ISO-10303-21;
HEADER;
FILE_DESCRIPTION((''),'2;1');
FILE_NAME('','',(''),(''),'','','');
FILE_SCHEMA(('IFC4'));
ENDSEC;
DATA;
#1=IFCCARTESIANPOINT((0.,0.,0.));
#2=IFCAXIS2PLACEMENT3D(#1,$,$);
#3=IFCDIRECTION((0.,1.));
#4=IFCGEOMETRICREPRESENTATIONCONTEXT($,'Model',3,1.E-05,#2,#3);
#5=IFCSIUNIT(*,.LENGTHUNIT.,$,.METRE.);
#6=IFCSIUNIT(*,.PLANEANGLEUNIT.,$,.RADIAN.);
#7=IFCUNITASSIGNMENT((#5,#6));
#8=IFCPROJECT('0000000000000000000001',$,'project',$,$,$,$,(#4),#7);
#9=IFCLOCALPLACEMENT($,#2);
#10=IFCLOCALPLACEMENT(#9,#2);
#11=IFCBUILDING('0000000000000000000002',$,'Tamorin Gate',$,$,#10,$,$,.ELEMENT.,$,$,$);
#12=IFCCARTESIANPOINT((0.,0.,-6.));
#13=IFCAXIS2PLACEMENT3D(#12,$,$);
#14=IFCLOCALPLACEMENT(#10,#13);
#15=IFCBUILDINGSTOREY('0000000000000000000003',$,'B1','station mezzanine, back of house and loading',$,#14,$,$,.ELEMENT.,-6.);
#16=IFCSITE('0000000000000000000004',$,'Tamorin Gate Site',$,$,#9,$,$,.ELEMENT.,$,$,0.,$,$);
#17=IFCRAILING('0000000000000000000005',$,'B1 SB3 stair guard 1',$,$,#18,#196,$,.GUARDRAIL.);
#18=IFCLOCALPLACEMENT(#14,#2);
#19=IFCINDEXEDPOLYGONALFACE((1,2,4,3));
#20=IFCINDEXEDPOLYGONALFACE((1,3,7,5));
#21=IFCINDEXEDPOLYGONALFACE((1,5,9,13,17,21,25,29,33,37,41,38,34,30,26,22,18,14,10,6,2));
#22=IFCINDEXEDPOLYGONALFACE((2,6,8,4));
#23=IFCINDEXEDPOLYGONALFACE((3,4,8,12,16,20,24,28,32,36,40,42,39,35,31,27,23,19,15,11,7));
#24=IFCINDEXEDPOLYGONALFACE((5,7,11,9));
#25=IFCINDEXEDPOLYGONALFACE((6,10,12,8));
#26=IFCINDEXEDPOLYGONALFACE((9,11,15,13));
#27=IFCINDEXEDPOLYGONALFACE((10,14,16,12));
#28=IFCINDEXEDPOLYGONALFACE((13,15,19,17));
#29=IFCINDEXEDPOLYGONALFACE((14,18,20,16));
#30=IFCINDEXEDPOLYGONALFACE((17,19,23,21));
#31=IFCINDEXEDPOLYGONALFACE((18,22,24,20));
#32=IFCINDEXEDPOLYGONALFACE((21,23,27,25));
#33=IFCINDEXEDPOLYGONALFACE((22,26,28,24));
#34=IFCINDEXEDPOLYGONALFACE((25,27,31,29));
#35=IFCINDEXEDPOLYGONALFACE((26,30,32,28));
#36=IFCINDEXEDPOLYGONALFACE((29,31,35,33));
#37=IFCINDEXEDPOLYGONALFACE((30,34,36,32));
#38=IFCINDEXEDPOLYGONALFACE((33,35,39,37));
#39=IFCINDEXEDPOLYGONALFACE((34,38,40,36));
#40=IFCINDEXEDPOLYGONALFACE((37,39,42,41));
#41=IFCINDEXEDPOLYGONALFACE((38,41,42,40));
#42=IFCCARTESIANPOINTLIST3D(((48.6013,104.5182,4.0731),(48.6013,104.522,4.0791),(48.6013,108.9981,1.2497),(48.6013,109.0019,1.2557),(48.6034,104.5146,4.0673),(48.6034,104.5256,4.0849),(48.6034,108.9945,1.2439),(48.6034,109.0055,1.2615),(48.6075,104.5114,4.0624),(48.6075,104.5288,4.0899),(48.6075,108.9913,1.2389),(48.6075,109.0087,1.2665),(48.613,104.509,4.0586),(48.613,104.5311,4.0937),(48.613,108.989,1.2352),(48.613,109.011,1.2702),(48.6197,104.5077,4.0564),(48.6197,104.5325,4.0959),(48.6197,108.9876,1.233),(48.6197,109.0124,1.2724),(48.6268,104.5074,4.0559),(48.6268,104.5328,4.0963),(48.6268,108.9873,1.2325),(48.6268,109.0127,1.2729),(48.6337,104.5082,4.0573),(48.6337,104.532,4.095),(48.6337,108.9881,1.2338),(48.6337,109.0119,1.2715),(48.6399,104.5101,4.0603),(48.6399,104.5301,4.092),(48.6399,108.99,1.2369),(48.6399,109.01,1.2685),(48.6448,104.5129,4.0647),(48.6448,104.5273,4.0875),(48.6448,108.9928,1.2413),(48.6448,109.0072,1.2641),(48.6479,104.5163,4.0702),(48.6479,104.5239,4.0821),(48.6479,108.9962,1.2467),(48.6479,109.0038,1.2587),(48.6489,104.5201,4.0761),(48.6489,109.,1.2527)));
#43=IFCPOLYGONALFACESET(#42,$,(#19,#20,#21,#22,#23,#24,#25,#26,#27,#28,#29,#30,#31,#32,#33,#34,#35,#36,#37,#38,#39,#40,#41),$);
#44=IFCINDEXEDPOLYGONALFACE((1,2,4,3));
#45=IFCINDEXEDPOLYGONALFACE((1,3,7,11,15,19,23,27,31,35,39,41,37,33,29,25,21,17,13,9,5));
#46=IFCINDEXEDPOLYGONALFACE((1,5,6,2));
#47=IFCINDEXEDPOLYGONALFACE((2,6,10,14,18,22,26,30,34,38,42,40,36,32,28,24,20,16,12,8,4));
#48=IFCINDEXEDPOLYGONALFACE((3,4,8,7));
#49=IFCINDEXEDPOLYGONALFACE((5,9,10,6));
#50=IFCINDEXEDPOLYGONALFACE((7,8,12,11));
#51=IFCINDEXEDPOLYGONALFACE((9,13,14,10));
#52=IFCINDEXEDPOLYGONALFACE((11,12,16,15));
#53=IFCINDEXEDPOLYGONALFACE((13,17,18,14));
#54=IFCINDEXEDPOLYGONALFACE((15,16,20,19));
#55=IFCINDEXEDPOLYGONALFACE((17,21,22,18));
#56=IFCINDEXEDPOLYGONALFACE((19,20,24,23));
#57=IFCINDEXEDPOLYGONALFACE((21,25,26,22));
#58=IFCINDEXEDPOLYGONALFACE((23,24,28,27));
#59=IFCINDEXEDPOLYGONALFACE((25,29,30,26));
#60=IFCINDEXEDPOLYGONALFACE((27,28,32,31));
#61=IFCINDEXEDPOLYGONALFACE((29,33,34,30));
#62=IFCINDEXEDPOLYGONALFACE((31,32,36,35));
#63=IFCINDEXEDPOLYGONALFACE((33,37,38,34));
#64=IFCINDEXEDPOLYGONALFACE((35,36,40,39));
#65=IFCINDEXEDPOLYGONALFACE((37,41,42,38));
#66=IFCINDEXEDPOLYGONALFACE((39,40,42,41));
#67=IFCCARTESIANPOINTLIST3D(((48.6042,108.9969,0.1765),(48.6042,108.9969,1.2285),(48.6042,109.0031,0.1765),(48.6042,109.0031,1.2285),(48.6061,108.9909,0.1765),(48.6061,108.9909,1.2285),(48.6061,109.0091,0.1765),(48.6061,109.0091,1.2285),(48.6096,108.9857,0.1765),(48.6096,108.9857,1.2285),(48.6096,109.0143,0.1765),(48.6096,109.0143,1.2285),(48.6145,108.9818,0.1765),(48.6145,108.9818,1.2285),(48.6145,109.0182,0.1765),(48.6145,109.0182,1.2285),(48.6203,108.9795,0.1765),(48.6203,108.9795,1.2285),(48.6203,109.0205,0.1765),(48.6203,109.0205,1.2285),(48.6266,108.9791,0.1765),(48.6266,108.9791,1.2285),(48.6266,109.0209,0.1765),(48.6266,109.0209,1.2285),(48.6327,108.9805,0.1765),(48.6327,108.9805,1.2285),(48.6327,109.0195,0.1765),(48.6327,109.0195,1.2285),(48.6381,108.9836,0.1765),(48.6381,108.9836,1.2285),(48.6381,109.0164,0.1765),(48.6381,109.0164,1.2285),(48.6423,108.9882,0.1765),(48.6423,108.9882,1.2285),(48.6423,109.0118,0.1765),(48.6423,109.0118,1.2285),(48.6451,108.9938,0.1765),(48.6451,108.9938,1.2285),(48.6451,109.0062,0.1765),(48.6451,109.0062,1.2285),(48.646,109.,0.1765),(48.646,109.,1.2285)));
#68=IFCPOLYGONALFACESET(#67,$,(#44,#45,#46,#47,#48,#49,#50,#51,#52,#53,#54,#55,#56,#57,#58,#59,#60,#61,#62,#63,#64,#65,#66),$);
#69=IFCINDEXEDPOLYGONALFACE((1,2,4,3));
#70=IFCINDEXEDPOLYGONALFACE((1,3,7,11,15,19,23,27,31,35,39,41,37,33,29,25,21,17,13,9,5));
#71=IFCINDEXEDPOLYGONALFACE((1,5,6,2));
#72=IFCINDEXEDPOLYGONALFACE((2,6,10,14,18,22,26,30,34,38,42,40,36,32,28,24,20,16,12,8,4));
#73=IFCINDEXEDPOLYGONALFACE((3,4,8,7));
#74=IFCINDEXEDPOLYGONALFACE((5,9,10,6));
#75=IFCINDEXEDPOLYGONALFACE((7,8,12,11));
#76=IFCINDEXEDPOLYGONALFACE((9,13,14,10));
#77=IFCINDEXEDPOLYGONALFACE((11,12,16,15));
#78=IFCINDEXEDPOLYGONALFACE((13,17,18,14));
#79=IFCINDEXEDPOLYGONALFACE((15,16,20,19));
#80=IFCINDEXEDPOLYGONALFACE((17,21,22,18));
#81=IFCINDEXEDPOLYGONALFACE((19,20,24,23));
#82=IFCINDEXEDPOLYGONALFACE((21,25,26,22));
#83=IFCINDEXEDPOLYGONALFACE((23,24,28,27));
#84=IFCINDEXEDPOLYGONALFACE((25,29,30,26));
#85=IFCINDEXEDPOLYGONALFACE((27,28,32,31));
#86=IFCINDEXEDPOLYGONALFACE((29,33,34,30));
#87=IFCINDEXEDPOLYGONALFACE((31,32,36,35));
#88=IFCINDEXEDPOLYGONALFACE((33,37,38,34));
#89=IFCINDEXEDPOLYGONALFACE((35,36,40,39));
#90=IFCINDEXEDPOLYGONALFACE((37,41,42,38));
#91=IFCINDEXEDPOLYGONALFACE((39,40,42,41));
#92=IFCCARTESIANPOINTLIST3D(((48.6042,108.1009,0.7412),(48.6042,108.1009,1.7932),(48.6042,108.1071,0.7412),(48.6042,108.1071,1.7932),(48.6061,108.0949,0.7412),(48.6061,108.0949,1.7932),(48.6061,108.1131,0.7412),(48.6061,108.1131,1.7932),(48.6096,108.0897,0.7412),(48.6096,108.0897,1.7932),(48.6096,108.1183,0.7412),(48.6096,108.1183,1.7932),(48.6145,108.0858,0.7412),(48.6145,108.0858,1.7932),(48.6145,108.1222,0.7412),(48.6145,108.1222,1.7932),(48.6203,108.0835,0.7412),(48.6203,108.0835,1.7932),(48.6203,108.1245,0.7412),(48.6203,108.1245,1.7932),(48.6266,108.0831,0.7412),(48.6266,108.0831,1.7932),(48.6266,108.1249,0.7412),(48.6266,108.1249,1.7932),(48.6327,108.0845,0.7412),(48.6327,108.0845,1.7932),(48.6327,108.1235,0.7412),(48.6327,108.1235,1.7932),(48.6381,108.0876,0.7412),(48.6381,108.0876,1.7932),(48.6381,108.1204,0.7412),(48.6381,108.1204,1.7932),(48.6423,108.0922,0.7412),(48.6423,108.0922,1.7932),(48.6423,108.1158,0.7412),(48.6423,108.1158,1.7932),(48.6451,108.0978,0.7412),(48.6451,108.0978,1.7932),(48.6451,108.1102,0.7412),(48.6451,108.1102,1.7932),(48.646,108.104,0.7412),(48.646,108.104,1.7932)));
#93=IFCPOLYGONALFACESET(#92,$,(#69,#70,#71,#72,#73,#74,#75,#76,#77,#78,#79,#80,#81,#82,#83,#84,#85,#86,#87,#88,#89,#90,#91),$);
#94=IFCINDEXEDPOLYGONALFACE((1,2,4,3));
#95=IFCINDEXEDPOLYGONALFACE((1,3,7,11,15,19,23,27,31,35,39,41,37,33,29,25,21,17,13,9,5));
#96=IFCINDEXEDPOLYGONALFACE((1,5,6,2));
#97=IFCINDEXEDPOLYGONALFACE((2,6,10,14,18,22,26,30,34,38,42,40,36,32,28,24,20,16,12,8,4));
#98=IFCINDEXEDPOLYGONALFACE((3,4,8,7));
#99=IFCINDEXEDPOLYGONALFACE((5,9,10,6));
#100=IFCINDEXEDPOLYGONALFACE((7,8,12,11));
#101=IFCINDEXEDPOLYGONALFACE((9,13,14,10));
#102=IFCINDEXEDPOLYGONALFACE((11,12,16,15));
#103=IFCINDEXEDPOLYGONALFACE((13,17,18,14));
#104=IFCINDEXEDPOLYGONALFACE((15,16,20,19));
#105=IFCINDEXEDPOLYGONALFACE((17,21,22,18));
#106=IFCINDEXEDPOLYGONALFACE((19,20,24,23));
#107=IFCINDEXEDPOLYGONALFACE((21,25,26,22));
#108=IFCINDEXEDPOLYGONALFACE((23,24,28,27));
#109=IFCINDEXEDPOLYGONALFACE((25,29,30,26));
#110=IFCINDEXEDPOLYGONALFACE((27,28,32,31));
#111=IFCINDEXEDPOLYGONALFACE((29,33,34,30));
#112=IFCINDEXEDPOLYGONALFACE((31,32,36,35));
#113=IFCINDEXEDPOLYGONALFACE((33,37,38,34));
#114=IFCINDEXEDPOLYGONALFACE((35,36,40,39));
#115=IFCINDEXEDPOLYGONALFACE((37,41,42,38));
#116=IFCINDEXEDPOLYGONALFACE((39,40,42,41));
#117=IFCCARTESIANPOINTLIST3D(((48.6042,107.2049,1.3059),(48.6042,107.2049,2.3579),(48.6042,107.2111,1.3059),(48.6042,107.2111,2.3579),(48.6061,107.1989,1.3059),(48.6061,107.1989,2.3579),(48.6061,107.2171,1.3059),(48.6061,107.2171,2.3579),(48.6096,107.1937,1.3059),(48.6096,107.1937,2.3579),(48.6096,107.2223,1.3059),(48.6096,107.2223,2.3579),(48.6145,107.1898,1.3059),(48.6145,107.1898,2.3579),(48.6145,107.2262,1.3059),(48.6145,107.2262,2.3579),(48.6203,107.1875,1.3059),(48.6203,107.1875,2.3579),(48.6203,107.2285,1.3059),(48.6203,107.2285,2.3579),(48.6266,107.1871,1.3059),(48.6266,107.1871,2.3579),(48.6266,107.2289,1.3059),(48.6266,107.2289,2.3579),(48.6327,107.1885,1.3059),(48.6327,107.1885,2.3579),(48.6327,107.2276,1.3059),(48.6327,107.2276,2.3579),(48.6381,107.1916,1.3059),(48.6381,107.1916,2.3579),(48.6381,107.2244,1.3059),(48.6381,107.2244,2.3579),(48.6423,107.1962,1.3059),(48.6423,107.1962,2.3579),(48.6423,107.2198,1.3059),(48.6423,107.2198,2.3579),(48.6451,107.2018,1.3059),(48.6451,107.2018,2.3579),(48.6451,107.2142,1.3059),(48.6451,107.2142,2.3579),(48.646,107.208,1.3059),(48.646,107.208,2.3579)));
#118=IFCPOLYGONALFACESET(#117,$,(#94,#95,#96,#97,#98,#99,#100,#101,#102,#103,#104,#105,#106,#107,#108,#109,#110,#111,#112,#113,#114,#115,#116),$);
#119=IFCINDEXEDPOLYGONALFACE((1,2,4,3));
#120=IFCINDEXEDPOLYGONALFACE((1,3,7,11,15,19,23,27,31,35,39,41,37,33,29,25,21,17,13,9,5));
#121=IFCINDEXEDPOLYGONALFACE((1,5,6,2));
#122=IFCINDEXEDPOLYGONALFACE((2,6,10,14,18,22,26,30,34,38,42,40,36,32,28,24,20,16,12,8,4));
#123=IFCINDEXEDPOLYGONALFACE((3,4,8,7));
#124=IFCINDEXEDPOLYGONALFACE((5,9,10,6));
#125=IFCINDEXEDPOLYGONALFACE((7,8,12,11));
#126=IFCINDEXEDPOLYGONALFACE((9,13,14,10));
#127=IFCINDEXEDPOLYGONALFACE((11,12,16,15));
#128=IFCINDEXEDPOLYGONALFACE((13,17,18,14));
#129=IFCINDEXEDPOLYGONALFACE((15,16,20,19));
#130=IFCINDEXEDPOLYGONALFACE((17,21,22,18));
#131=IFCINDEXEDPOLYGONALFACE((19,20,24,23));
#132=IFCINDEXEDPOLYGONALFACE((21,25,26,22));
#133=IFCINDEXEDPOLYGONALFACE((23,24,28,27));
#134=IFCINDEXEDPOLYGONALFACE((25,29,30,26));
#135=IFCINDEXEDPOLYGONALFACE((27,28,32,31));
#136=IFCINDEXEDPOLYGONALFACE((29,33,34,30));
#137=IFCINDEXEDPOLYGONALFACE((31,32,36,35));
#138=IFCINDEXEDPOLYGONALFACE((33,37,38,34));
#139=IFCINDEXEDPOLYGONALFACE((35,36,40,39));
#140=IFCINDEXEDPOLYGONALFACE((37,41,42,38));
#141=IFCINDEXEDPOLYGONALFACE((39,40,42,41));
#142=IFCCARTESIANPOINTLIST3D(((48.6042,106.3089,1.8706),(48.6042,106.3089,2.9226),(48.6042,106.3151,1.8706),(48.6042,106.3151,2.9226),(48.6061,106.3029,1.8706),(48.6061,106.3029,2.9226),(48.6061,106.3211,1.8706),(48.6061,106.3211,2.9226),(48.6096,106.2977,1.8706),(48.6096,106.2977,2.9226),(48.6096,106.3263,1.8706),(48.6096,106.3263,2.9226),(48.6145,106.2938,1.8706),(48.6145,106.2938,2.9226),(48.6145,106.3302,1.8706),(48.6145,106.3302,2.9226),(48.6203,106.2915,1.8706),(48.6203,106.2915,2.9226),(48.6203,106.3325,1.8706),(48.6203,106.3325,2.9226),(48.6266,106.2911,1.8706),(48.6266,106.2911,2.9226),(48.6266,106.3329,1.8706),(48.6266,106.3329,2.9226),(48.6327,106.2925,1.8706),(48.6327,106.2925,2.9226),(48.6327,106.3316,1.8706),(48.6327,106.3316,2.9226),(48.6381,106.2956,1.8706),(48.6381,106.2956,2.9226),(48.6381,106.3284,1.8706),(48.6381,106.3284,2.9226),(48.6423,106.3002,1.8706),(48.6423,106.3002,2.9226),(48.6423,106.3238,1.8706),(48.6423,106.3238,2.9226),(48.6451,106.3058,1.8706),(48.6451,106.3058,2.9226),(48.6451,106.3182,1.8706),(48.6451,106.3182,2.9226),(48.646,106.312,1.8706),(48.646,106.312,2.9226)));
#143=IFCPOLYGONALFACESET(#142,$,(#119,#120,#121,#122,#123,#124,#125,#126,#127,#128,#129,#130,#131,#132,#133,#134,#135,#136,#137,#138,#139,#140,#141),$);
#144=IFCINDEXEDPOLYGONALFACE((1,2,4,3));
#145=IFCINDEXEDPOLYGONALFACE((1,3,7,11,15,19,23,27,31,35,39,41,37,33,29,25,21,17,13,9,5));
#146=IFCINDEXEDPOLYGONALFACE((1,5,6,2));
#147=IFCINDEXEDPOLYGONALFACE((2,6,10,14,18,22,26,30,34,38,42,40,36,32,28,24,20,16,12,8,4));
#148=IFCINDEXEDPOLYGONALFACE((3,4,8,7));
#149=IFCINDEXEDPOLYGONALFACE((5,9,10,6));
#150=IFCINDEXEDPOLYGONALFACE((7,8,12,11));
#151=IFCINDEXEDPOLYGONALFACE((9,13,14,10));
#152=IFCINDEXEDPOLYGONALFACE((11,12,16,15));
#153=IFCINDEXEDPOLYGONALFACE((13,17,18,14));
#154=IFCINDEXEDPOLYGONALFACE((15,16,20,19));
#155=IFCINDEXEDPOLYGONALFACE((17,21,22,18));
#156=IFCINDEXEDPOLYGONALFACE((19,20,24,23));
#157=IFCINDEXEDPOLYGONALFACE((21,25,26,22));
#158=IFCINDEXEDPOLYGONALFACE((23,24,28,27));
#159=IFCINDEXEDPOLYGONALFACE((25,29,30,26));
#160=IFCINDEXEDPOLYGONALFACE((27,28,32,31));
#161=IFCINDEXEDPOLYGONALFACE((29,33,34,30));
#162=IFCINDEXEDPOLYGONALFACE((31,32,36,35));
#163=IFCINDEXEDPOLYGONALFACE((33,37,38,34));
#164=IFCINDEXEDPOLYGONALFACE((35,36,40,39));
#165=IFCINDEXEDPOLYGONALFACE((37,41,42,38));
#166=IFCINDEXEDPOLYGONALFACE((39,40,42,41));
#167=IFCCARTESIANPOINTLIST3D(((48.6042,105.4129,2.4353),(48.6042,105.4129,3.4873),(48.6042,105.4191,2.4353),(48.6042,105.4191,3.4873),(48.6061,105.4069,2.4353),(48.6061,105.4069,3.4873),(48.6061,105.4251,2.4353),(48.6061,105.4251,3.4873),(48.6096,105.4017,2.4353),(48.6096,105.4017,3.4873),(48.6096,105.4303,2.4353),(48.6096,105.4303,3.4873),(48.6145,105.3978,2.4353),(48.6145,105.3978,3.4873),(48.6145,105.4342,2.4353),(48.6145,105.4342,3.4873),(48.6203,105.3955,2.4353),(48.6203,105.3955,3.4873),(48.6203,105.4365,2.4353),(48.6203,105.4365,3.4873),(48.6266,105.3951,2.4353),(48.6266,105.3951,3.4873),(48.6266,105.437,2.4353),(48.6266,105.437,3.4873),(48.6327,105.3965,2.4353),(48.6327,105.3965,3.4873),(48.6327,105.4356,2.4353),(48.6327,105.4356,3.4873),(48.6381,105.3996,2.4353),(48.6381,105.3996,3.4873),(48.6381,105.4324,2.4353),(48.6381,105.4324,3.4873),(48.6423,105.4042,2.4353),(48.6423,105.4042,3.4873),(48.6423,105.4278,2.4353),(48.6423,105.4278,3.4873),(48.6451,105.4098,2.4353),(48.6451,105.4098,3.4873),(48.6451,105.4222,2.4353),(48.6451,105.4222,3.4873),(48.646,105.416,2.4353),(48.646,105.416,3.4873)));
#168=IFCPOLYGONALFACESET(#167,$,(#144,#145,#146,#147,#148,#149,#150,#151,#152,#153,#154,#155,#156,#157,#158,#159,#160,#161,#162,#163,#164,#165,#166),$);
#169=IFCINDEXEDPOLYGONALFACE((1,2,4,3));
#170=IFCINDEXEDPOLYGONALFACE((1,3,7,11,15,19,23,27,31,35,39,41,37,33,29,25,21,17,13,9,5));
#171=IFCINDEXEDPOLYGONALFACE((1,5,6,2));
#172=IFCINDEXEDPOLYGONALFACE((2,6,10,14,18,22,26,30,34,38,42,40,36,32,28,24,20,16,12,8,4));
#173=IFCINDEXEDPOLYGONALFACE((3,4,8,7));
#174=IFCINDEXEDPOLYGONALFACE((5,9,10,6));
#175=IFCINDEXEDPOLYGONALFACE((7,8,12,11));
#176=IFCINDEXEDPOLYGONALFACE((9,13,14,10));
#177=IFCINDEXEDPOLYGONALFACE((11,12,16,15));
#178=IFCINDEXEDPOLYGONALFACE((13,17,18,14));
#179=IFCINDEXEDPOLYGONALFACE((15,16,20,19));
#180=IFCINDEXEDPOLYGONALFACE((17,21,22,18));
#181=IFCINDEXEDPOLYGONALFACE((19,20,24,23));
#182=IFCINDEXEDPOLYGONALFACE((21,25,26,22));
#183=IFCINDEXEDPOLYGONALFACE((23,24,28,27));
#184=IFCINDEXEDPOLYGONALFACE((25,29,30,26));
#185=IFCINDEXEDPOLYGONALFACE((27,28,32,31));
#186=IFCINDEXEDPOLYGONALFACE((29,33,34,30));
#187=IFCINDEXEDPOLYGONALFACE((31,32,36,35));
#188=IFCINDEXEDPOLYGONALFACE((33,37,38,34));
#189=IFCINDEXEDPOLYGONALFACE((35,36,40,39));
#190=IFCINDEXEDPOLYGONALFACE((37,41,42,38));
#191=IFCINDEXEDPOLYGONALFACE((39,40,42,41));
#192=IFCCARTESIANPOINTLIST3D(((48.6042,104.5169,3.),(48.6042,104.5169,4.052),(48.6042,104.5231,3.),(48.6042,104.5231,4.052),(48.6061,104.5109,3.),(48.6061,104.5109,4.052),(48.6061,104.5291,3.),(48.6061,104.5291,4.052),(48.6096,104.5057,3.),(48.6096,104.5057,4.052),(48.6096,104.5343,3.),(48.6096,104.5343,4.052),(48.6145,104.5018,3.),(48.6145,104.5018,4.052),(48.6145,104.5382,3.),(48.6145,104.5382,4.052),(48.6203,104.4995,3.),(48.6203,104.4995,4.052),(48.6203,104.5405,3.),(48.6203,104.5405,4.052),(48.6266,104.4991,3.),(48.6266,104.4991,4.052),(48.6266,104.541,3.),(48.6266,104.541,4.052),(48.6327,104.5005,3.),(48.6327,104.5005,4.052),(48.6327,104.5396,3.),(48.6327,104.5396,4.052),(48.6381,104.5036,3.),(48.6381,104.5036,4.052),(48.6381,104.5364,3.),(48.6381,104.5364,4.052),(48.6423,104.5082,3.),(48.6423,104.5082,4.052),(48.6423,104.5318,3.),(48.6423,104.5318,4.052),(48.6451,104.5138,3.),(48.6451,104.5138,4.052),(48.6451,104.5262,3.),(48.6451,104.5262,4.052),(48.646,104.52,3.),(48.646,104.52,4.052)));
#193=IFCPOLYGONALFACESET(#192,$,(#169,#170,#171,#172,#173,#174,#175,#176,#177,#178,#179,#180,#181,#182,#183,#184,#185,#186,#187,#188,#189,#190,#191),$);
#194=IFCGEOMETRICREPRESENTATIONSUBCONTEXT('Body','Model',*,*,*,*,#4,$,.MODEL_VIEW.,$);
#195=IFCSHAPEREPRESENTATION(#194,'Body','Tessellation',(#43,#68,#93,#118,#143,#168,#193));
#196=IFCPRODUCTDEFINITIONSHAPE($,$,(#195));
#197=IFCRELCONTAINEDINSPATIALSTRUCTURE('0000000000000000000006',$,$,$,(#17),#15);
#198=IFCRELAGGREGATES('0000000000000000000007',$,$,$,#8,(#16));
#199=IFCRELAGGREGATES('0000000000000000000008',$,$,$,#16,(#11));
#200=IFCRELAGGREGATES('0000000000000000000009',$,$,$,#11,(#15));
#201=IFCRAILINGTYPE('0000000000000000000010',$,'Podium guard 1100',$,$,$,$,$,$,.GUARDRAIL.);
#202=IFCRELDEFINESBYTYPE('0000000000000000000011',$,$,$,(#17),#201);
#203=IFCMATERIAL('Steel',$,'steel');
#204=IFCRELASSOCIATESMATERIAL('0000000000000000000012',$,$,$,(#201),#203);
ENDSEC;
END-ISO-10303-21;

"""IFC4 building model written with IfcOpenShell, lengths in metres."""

from ifc_helpers import new_model, si_unit, direction, frame, origin, origin_2d, place, context, subcontext, project, spatial, circle, extrude, material, type_object, element, save


model = new_model("IFC4")

# Units and contexts
model_context = context("Model", 3, precision=1e-05, world=origin(), true_north=direction((0.0, 1.0)))
body_context = subcontext(model_context, "Body", "Model", "MODEL_VIEW")
ifc_project = project(units=[si_unit("LENGTHUNIT", "METRE"), si_unit("PLANEANGLEUNIT", "RADIAN")], contexts=[model_context])

# Site, building, storey
site_placement = place(None, origin())
site = spatial("IfcSite", under=ifc_project, at=site_placement, Name="Tamorin Gate Site", CompositionType="ELEMENT", RefElevation=0.0)
building_placement = place(site_placement, origin())
building = spatial("IfcBuilding", under=site, at=building_placement, Name="Tamorin Gate", CompositionType="ELEMENT")
storey_placement = place(building_placement, frame((0.0, 0.0, -6.0)))
storey = spatial("IfcBuildingStorey", under=building, at=storey_placement, Name="B1", Description="station mezzanine, back of house and loading", CompositionType="ELEMENT", Elevation=-6.0)

# Railing
ifc_material_1 = material(Name="Steel", Category="steel")
railing_type_1 = type_object("IfcRailingType", Name="Podium guard 1100", PredefinedType="GUARDRAIL", material=ifc_material_1)
railing_1_placement = place(storey_placement, frame((48.625, 109.0, 0.1765)))
element("IfcRailing", 1, at=railing_1_placement, inside=storey, type_object=railing_type_1, Name="B1 SB3 stair guard 1", PredefinedType="GUARDRAIL", context=body_context, shape_type="SweptSolid", body=[
    extrude(circle(Radius=0.0239, at=origin_2d()), frame((0.0, 0.0, 1.0762), z_axis=(0.0, -0.845998, 0.533186), x_axis=(1.0, 0.0, 0.0)), (0.0, 0.0, 1.0), 5.2954),
    extrude(circle(Radius=0.021, at=origin_2d()), origin(), (0.0, 0.0, 1.0), 1.052),
    extrude(circle(Radius=0.021, at=origin_2d()), frame((0.0, -0.896, 0.5647)), (0.0, 0.0, 1.0), 1.052),
    extrude(circle(Radius=0.021, at=origin_2d()), frame((0.0, -1.792, 1.1294)), (0.0, 0.0, 1.0), 1.052),
    extrude(circle(Radius=0.021, at=origin_2d()), frame((0.0, -2.688, 1.6941)), (0.0, 0.0, 1.0), 1.052),
    extrude(circle(Radius=0.021, at=origin_2d()), frame((0.0, -3.584, 2.2588)), (0.0, 0.0, 1.0), 1.052),
    extrude(circle(Radius=0.021, at=origin_2d()), frame((0.0, -4.48, 2.8235)), (0.0, 0.0, 1.0), 1.052),
])

save(model, "model.ifc")
